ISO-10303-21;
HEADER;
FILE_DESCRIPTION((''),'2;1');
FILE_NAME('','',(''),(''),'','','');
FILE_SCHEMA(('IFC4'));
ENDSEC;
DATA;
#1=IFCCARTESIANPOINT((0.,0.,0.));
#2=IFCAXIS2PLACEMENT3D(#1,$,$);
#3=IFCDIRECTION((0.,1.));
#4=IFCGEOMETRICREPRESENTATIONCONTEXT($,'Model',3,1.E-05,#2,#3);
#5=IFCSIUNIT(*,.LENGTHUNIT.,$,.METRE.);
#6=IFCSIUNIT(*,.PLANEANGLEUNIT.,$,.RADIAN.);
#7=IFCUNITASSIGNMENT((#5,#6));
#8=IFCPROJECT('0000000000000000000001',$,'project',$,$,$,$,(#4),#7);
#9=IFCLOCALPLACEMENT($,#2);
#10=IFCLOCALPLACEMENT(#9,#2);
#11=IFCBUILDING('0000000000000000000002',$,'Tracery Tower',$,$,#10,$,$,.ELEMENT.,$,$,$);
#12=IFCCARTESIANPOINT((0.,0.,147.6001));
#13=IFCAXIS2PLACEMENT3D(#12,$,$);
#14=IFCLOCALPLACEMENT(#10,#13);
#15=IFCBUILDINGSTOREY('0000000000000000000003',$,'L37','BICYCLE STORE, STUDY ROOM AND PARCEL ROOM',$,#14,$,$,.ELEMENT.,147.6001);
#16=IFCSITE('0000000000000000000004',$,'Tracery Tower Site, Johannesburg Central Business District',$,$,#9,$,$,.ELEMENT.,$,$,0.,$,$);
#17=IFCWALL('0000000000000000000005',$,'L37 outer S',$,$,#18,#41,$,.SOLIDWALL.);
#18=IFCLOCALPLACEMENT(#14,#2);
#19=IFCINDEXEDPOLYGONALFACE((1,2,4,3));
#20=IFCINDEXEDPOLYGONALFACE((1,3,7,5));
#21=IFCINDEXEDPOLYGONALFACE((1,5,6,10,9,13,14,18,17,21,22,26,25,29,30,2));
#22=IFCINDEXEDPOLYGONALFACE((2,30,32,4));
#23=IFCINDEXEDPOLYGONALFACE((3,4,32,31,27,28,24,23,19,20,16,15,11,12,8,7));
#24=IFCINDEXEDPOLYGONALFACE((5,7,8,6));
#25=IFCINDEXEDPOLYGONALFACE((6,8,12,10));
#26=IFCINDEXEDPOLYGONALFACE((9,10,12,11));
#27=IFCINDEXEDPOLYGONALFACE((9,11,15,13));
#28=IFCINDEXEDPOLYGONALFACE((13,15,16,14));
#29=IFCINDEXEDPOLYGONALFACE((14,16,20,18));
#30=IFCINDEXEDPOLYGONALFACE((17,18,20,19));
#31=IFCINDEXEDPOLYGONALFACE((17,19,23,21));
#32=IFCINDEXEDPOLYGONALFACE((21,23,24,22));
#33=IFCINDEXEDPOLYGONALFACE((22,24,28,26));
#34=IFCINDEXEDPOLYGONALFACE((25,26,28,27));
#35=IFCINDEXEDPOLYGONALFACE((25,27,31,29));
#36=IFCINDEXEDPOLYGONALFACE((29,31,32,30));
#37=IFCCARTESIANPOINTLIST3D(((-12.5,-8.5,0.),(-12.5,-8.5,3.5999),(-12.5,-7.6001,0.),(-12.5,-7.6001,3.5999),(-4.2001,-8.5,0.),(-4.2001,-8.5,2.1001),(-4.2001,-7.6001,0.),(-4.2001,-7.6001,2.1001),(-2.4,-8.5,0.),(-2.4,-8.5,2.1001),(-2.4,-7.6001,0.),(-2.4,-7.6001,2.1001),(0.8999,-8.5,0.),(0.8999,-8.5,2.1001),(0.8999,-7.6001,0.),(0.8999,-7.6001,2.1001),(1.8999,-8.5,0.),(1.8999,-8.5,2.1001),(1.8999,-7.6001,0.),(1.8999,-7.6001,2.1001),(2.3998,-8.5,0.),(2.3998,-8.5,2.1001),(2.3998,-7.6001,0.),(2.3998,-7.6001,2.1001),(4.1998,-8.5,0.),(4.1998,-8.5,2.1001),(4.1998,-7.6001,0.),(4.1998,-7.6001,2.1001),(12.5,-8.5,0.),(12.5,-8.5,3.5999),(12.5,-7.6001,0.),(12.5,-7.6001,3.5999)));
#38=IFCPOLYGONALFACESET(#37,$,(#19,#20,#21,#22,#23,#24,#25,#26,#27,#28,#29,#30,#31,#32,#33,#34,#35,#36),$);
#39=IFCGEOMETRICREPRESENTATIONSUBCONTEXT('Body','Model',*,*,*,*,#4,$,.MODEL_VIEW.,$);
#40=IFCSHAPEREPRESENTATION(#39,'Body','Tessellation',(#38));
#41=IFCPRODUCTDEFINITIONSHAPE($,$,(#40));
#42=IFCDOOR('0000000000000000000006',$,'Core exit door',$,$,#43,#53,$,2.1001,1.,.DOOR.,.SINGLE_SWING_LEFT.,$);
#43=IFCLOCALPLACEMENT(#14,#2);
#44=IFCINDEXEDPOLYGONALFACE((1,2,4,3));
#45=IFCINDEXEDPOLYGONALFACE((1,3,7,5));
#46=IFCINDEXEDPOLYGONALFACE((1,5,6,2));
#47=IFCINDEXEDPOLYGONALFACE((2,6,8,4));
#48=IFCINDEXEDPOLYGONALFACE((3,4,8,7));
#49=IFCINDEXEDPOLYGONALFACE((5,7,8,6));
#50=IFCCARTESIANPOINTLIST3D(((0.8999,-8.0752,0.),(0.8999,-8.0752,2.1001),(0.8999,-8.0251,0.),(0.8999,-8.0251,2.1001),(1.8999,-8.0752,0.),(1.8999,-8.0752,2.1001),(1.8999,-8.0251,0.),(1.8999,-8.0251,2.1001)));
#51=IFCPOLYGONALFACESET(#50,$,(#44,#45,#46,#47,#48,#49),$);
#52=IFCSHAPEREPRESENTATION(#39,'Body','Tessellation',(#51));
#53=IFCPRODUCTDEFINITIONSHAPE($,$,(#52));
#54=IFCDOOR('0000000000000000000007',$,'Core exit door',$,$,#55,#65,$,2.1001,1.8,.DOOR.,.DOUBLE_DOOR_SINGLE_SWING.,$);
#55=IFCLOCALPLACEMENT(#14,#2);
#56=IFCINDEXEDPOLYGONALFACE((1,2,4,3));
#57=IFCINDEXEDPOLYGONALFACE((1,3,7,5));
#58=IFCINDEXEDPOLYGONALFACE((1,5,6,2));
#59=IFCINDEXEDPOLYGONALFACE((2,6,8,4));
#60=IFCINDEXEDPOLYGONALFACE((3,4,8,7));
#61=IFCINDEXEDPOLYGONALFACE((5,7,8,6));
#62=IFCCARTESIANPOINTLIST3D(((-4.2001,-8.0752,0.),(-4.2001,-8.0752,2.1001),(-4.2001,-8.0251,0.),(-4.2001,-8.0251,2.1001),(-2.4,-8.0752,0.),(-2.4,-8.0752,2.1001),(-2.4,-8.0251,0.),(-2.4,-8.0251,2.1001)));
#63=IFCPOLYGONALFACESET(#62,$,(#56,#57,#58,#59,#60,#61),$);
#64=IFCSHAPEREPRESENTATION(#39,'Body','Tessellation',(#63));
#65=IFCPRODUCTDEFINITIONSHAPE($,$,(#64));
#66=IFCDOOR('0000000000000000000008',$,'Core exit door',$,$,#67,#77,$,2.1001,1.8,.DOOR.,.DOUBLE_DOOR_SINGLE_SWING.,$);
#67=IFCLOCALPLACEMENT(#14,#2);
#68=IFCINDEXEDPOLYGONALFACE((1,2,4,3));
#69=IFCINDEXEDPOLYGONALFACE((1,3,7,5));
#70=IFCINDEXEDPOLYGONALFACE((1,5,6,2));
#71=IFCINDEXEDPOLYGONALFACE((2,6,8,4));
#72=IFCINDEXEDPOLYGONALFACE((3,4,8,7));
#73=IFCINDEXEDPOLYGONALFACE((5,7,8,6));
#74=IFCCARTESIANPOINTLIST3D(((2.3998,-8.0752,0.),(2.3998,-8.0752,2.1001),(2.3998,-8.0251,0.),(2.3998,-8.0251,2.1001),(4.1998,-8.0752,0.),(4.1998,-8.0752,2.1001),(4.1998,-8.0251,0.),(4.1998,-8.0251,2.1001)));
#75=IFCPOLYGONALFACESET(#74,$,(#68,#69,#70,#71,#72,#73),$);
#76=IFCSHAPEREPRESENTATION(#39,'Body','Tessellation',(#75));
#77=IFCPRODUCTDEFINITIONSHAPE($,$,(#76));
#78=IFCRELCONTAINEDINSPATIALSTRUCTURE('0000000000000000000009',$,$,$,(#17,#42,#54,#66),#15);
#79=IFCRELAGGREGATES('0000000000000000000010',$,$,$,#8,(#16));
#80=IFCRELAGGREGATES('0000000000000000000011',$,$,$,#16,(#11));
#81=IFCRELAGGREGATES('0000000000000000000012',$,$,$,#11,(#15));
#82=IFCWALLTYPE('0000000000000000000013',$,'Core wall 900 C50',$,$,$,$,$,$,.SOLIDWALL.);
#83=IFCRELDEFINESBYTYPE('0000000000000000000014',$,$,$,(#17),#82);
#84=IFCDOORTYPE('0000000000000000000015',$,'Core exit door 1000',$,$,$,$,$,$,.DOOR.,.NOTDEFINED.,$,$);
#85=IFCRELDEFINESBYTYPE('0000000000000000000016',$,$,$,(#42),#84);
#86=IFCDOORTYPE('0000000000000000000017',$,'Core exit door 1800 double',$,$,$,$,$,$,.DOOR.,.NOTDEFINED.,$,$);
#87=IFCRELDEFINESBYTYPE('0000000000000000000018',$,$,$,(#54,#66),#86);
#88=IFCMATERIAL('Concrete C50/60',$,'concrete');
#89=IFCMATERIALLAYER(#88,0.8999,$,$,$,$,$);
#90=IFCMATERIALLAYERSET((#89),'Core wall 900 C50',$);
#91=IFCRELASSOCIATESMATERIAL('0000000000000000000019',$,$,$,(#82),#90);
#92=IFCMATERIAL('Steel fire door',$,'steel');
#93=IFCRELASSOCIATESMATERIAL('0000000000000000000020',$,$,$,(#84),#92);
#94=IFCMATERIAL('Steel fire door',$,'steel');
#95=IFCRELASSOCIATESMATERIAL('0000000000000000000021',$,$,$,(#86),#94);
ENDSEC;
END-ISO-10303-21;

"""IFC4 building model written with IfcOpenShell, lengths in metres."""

from ifc_helpers import new_model, si_unit, direction, frame, frame_2d, origin, place, context, subcontext, project, spatial, rectangle, extrude, material, layer, layer_set, type_object, element, fill, save


model = new_model("IFC4")

# Units and contexts
model_context = context("Model", 3, precision=1e-05, world=origin(), true_north=direction((0.0, 1.0)))
body_context = subcontext(model_context, "Body", "Model", "MODEL_VIEW")
ifc_project = project(units=[si_unit("LENGTHUNIT", "METRE"), si_unit("PLANEANGLEUNIT", "RADIAN")], contexts=[model_context])

# Site, building, storey
site_placement = place(None, origin())
site = spatial("IfcSite", under=ifc_project, at=site_placement, Name="Tracery Tower Site, Johannesburg Central Business District", CompositionType="ELEMENT", RefElevation=0.0)
building_placement = place(site_placement, origin())
building = spatial("IfcBuilding", under=site, at=building_placement, Name="Tracery Tower", CompositionType="ELEMENT")
storey_placement = place(building_placement, frame((0.0, 0.0, 147.6001)))
storey = spatial("IfcBuildingStorey", under=building, at=storey_placement, Name="L37", Description="BICYCLE STORE, STUDY ROOM AND PARCEL ROOM", CompositionType="ELEMENT", Elevation=147.6001)

# Wall, openings, doors
ifc_material_1 = material(Name="Concrete C50/60", Category="concrete")
ifc_layer_1 = layer(ifc_material_1, 0.8999)
ifc_layer_set_1 = layer_set([ifc_layer_1], Name="Core wall 900 C50")
wall_type_1 = type_object("IfcWallType", Name="Core wall 900 C50", PredefinedType="SOLIDWALL", material=ifc_layer_set_1)
wall_1_placement = place(storey_placement, frame((-12.5, -8.05, 0.0), z_axis=(0.0, 0.0, 1.0), x_axis=(1.0, 0.0, 0.0)))
wall_1 = element("IfcWall", 1, at=wall_1_placement, inside=storey, type_object=wall_type_1, Name="L37 outer S", PredefinedType="SOLIDWALL", context=body_context, shape_type="SweptSolid", body=[
    extrude(rectangle(XDim=25.0, YDim=0.8999, at=frame_2d((12.5, 0.0))), origin(), (0.0, 0.0, 1.0), 3.5999),
])
opening_1_placement = place(wall_1_placement, frame((13.3999, 0.0, 0.0)))
opening_1 = element("IfcOpeningElement", 2, at=opening_1_placement, cuts=wall_1, PredefinedType="OPENING", context=body_context, shape_type="SweptSolid", body=[
    extrude(rectangle(XDim=1.0, YDim=2.1001, at=frame_2d((0.5, 1.05))), frame((0.0, 0.45, 0.0), z_axis=(0.0, -1.0, 0.0), x_axis=(1.0, 0.0, 0.0)), (0.0, 0.0, 1.0), 0.8999),
])
opening_2_placement = place(wall_1_placement, frame((8.3, 0.0, 0.0)))
opening_2 = element("IfcOpeningElement", 3, at=opening_2_placement, cuts=wall_1, PredefinedType="OPENING", context=body_context, shape_type="SweptSolid", body=[
    extrude(rectangle(XDim=1.8, YDim=2.1001, at=frame_2d((0.8999, 1.05))), frame((0.0, 0.45, 0.0), z_axis=(0.0, -1.0, 0.0), x_axis=(1.0, 0.0, 0.0)), (0.0, 0.0, 1.0), 0.8999),
])
opening_3_placement = place(wall_1_placement, frame((14.8999, 0.0, 0.0)))
opening_3 = element("IfcOpeningElement", 4, at=opening_3_placement, cuts=wall_1, PredefinedType="OPENING", context=body_context, shape_type="SweptSolid", body=[
    extrude(rectangle(XDim=1.8, YDim=2.1001, at=frame_2d((0.8999, 1.05))), frame((0.0, 0.45, 0.0), z_axis=(0.0, -1.0, 0.0), x_axis=(1.0, 0.0, 0.0)), (0.0, 0.0, 1.0), 0.8999),
])
ifc_material_2 = material(Name="Steel fire door", Category="steel")
door_type_1 = type_object("IfcDoorType", Name="Core exit door 1000", OperationType="NOTDEFINED", PredefinedType="DOOR", material=ifc_material_2)
door_1_placement = place(opening_1_placement, origin())
door_1 = element("IfcDoor", 5, at=door_1_placement, inside=storey, type_object=door_type_1, Name="Core exit door", OperationType="SINGLE_SWING_LEFT", OverallHeight=2.1001, OverallWidth=1.0, PredefinedType="DOOR", context=body_context, shape_type="SweptSolid", body=[
    extrude(rectangle(XDim=1.0, YDim=2.1001, at=frame_2d((0.5, 1.05))), frame((0.0, 0.0249, 0.0), z_axis=(0.0, -1.0, 0.0), x_axis=(1.0, 0.0, 0.0)), (0.0, 0.0, 1.0), 0.05),
])
fill(opening_1, door_1)
ifc_material_3 = material(Name="Steel fire door", Category="steel")
door_type_2 = type_object("IfcDoorType", Name="Core exit door 1800 double", OperationType="NOTDEFINED", PredefinedType="DOOR", material=ifc_material_3)
door_2_placement = place(opening_2_placement, origin())
door_2 = element("IfcDoor", 6, at=door_2_placement, inside=storey, type_object=door_type_2, Name="Core exit door", OperationType="DOUBLE_DOOR_SINGLE_SWING", OverallHeight=2.1001, OverallWidth=1.8, PredefinedType="DOOR", context=body_context, shape_type="SweptSolid", body=[
    extrude(rectangle(XDim=1.8, YDim=2.1001, at=frame_2d((0.8999, 1.05))), frame((0.0, 0.0249, 0.0), z_axis=(0.0, -1.0, 0.0), x_axis=(1.0, 0.0, 0.0)), (0.0, 0.0, 1.0), 0.05),
])
fill(opening_2, door_2)
door_3_placement = place(opening_3_placement, origin())
door_3 = element("IfcDoor", 7, at=door_3_placement, inside=storey, type_object=door_type_2, Name="Core exit door", OperationType="DOUBLE_DOOR_SINGLE_SWING", OverallHeight=2.1001, OverallWidth=1.8, PredefinedType="DOOR", context=body_context, shape_type="SweptSolid", body=[
    extrude(rectangle(XDim=1.8, YDim=2.1001, at=frame_2d((0.8999, 1.05))), frame((0.0, 0.0249, 0.0), z_axis=(0.0, -1.0, 0.0), x_axis=(1.0, 0.0, 0.0)), (0.0, 0.0, 1.0), 0.05),
])
fill(opening_3, door_3)

save(model, "model.ifc")
